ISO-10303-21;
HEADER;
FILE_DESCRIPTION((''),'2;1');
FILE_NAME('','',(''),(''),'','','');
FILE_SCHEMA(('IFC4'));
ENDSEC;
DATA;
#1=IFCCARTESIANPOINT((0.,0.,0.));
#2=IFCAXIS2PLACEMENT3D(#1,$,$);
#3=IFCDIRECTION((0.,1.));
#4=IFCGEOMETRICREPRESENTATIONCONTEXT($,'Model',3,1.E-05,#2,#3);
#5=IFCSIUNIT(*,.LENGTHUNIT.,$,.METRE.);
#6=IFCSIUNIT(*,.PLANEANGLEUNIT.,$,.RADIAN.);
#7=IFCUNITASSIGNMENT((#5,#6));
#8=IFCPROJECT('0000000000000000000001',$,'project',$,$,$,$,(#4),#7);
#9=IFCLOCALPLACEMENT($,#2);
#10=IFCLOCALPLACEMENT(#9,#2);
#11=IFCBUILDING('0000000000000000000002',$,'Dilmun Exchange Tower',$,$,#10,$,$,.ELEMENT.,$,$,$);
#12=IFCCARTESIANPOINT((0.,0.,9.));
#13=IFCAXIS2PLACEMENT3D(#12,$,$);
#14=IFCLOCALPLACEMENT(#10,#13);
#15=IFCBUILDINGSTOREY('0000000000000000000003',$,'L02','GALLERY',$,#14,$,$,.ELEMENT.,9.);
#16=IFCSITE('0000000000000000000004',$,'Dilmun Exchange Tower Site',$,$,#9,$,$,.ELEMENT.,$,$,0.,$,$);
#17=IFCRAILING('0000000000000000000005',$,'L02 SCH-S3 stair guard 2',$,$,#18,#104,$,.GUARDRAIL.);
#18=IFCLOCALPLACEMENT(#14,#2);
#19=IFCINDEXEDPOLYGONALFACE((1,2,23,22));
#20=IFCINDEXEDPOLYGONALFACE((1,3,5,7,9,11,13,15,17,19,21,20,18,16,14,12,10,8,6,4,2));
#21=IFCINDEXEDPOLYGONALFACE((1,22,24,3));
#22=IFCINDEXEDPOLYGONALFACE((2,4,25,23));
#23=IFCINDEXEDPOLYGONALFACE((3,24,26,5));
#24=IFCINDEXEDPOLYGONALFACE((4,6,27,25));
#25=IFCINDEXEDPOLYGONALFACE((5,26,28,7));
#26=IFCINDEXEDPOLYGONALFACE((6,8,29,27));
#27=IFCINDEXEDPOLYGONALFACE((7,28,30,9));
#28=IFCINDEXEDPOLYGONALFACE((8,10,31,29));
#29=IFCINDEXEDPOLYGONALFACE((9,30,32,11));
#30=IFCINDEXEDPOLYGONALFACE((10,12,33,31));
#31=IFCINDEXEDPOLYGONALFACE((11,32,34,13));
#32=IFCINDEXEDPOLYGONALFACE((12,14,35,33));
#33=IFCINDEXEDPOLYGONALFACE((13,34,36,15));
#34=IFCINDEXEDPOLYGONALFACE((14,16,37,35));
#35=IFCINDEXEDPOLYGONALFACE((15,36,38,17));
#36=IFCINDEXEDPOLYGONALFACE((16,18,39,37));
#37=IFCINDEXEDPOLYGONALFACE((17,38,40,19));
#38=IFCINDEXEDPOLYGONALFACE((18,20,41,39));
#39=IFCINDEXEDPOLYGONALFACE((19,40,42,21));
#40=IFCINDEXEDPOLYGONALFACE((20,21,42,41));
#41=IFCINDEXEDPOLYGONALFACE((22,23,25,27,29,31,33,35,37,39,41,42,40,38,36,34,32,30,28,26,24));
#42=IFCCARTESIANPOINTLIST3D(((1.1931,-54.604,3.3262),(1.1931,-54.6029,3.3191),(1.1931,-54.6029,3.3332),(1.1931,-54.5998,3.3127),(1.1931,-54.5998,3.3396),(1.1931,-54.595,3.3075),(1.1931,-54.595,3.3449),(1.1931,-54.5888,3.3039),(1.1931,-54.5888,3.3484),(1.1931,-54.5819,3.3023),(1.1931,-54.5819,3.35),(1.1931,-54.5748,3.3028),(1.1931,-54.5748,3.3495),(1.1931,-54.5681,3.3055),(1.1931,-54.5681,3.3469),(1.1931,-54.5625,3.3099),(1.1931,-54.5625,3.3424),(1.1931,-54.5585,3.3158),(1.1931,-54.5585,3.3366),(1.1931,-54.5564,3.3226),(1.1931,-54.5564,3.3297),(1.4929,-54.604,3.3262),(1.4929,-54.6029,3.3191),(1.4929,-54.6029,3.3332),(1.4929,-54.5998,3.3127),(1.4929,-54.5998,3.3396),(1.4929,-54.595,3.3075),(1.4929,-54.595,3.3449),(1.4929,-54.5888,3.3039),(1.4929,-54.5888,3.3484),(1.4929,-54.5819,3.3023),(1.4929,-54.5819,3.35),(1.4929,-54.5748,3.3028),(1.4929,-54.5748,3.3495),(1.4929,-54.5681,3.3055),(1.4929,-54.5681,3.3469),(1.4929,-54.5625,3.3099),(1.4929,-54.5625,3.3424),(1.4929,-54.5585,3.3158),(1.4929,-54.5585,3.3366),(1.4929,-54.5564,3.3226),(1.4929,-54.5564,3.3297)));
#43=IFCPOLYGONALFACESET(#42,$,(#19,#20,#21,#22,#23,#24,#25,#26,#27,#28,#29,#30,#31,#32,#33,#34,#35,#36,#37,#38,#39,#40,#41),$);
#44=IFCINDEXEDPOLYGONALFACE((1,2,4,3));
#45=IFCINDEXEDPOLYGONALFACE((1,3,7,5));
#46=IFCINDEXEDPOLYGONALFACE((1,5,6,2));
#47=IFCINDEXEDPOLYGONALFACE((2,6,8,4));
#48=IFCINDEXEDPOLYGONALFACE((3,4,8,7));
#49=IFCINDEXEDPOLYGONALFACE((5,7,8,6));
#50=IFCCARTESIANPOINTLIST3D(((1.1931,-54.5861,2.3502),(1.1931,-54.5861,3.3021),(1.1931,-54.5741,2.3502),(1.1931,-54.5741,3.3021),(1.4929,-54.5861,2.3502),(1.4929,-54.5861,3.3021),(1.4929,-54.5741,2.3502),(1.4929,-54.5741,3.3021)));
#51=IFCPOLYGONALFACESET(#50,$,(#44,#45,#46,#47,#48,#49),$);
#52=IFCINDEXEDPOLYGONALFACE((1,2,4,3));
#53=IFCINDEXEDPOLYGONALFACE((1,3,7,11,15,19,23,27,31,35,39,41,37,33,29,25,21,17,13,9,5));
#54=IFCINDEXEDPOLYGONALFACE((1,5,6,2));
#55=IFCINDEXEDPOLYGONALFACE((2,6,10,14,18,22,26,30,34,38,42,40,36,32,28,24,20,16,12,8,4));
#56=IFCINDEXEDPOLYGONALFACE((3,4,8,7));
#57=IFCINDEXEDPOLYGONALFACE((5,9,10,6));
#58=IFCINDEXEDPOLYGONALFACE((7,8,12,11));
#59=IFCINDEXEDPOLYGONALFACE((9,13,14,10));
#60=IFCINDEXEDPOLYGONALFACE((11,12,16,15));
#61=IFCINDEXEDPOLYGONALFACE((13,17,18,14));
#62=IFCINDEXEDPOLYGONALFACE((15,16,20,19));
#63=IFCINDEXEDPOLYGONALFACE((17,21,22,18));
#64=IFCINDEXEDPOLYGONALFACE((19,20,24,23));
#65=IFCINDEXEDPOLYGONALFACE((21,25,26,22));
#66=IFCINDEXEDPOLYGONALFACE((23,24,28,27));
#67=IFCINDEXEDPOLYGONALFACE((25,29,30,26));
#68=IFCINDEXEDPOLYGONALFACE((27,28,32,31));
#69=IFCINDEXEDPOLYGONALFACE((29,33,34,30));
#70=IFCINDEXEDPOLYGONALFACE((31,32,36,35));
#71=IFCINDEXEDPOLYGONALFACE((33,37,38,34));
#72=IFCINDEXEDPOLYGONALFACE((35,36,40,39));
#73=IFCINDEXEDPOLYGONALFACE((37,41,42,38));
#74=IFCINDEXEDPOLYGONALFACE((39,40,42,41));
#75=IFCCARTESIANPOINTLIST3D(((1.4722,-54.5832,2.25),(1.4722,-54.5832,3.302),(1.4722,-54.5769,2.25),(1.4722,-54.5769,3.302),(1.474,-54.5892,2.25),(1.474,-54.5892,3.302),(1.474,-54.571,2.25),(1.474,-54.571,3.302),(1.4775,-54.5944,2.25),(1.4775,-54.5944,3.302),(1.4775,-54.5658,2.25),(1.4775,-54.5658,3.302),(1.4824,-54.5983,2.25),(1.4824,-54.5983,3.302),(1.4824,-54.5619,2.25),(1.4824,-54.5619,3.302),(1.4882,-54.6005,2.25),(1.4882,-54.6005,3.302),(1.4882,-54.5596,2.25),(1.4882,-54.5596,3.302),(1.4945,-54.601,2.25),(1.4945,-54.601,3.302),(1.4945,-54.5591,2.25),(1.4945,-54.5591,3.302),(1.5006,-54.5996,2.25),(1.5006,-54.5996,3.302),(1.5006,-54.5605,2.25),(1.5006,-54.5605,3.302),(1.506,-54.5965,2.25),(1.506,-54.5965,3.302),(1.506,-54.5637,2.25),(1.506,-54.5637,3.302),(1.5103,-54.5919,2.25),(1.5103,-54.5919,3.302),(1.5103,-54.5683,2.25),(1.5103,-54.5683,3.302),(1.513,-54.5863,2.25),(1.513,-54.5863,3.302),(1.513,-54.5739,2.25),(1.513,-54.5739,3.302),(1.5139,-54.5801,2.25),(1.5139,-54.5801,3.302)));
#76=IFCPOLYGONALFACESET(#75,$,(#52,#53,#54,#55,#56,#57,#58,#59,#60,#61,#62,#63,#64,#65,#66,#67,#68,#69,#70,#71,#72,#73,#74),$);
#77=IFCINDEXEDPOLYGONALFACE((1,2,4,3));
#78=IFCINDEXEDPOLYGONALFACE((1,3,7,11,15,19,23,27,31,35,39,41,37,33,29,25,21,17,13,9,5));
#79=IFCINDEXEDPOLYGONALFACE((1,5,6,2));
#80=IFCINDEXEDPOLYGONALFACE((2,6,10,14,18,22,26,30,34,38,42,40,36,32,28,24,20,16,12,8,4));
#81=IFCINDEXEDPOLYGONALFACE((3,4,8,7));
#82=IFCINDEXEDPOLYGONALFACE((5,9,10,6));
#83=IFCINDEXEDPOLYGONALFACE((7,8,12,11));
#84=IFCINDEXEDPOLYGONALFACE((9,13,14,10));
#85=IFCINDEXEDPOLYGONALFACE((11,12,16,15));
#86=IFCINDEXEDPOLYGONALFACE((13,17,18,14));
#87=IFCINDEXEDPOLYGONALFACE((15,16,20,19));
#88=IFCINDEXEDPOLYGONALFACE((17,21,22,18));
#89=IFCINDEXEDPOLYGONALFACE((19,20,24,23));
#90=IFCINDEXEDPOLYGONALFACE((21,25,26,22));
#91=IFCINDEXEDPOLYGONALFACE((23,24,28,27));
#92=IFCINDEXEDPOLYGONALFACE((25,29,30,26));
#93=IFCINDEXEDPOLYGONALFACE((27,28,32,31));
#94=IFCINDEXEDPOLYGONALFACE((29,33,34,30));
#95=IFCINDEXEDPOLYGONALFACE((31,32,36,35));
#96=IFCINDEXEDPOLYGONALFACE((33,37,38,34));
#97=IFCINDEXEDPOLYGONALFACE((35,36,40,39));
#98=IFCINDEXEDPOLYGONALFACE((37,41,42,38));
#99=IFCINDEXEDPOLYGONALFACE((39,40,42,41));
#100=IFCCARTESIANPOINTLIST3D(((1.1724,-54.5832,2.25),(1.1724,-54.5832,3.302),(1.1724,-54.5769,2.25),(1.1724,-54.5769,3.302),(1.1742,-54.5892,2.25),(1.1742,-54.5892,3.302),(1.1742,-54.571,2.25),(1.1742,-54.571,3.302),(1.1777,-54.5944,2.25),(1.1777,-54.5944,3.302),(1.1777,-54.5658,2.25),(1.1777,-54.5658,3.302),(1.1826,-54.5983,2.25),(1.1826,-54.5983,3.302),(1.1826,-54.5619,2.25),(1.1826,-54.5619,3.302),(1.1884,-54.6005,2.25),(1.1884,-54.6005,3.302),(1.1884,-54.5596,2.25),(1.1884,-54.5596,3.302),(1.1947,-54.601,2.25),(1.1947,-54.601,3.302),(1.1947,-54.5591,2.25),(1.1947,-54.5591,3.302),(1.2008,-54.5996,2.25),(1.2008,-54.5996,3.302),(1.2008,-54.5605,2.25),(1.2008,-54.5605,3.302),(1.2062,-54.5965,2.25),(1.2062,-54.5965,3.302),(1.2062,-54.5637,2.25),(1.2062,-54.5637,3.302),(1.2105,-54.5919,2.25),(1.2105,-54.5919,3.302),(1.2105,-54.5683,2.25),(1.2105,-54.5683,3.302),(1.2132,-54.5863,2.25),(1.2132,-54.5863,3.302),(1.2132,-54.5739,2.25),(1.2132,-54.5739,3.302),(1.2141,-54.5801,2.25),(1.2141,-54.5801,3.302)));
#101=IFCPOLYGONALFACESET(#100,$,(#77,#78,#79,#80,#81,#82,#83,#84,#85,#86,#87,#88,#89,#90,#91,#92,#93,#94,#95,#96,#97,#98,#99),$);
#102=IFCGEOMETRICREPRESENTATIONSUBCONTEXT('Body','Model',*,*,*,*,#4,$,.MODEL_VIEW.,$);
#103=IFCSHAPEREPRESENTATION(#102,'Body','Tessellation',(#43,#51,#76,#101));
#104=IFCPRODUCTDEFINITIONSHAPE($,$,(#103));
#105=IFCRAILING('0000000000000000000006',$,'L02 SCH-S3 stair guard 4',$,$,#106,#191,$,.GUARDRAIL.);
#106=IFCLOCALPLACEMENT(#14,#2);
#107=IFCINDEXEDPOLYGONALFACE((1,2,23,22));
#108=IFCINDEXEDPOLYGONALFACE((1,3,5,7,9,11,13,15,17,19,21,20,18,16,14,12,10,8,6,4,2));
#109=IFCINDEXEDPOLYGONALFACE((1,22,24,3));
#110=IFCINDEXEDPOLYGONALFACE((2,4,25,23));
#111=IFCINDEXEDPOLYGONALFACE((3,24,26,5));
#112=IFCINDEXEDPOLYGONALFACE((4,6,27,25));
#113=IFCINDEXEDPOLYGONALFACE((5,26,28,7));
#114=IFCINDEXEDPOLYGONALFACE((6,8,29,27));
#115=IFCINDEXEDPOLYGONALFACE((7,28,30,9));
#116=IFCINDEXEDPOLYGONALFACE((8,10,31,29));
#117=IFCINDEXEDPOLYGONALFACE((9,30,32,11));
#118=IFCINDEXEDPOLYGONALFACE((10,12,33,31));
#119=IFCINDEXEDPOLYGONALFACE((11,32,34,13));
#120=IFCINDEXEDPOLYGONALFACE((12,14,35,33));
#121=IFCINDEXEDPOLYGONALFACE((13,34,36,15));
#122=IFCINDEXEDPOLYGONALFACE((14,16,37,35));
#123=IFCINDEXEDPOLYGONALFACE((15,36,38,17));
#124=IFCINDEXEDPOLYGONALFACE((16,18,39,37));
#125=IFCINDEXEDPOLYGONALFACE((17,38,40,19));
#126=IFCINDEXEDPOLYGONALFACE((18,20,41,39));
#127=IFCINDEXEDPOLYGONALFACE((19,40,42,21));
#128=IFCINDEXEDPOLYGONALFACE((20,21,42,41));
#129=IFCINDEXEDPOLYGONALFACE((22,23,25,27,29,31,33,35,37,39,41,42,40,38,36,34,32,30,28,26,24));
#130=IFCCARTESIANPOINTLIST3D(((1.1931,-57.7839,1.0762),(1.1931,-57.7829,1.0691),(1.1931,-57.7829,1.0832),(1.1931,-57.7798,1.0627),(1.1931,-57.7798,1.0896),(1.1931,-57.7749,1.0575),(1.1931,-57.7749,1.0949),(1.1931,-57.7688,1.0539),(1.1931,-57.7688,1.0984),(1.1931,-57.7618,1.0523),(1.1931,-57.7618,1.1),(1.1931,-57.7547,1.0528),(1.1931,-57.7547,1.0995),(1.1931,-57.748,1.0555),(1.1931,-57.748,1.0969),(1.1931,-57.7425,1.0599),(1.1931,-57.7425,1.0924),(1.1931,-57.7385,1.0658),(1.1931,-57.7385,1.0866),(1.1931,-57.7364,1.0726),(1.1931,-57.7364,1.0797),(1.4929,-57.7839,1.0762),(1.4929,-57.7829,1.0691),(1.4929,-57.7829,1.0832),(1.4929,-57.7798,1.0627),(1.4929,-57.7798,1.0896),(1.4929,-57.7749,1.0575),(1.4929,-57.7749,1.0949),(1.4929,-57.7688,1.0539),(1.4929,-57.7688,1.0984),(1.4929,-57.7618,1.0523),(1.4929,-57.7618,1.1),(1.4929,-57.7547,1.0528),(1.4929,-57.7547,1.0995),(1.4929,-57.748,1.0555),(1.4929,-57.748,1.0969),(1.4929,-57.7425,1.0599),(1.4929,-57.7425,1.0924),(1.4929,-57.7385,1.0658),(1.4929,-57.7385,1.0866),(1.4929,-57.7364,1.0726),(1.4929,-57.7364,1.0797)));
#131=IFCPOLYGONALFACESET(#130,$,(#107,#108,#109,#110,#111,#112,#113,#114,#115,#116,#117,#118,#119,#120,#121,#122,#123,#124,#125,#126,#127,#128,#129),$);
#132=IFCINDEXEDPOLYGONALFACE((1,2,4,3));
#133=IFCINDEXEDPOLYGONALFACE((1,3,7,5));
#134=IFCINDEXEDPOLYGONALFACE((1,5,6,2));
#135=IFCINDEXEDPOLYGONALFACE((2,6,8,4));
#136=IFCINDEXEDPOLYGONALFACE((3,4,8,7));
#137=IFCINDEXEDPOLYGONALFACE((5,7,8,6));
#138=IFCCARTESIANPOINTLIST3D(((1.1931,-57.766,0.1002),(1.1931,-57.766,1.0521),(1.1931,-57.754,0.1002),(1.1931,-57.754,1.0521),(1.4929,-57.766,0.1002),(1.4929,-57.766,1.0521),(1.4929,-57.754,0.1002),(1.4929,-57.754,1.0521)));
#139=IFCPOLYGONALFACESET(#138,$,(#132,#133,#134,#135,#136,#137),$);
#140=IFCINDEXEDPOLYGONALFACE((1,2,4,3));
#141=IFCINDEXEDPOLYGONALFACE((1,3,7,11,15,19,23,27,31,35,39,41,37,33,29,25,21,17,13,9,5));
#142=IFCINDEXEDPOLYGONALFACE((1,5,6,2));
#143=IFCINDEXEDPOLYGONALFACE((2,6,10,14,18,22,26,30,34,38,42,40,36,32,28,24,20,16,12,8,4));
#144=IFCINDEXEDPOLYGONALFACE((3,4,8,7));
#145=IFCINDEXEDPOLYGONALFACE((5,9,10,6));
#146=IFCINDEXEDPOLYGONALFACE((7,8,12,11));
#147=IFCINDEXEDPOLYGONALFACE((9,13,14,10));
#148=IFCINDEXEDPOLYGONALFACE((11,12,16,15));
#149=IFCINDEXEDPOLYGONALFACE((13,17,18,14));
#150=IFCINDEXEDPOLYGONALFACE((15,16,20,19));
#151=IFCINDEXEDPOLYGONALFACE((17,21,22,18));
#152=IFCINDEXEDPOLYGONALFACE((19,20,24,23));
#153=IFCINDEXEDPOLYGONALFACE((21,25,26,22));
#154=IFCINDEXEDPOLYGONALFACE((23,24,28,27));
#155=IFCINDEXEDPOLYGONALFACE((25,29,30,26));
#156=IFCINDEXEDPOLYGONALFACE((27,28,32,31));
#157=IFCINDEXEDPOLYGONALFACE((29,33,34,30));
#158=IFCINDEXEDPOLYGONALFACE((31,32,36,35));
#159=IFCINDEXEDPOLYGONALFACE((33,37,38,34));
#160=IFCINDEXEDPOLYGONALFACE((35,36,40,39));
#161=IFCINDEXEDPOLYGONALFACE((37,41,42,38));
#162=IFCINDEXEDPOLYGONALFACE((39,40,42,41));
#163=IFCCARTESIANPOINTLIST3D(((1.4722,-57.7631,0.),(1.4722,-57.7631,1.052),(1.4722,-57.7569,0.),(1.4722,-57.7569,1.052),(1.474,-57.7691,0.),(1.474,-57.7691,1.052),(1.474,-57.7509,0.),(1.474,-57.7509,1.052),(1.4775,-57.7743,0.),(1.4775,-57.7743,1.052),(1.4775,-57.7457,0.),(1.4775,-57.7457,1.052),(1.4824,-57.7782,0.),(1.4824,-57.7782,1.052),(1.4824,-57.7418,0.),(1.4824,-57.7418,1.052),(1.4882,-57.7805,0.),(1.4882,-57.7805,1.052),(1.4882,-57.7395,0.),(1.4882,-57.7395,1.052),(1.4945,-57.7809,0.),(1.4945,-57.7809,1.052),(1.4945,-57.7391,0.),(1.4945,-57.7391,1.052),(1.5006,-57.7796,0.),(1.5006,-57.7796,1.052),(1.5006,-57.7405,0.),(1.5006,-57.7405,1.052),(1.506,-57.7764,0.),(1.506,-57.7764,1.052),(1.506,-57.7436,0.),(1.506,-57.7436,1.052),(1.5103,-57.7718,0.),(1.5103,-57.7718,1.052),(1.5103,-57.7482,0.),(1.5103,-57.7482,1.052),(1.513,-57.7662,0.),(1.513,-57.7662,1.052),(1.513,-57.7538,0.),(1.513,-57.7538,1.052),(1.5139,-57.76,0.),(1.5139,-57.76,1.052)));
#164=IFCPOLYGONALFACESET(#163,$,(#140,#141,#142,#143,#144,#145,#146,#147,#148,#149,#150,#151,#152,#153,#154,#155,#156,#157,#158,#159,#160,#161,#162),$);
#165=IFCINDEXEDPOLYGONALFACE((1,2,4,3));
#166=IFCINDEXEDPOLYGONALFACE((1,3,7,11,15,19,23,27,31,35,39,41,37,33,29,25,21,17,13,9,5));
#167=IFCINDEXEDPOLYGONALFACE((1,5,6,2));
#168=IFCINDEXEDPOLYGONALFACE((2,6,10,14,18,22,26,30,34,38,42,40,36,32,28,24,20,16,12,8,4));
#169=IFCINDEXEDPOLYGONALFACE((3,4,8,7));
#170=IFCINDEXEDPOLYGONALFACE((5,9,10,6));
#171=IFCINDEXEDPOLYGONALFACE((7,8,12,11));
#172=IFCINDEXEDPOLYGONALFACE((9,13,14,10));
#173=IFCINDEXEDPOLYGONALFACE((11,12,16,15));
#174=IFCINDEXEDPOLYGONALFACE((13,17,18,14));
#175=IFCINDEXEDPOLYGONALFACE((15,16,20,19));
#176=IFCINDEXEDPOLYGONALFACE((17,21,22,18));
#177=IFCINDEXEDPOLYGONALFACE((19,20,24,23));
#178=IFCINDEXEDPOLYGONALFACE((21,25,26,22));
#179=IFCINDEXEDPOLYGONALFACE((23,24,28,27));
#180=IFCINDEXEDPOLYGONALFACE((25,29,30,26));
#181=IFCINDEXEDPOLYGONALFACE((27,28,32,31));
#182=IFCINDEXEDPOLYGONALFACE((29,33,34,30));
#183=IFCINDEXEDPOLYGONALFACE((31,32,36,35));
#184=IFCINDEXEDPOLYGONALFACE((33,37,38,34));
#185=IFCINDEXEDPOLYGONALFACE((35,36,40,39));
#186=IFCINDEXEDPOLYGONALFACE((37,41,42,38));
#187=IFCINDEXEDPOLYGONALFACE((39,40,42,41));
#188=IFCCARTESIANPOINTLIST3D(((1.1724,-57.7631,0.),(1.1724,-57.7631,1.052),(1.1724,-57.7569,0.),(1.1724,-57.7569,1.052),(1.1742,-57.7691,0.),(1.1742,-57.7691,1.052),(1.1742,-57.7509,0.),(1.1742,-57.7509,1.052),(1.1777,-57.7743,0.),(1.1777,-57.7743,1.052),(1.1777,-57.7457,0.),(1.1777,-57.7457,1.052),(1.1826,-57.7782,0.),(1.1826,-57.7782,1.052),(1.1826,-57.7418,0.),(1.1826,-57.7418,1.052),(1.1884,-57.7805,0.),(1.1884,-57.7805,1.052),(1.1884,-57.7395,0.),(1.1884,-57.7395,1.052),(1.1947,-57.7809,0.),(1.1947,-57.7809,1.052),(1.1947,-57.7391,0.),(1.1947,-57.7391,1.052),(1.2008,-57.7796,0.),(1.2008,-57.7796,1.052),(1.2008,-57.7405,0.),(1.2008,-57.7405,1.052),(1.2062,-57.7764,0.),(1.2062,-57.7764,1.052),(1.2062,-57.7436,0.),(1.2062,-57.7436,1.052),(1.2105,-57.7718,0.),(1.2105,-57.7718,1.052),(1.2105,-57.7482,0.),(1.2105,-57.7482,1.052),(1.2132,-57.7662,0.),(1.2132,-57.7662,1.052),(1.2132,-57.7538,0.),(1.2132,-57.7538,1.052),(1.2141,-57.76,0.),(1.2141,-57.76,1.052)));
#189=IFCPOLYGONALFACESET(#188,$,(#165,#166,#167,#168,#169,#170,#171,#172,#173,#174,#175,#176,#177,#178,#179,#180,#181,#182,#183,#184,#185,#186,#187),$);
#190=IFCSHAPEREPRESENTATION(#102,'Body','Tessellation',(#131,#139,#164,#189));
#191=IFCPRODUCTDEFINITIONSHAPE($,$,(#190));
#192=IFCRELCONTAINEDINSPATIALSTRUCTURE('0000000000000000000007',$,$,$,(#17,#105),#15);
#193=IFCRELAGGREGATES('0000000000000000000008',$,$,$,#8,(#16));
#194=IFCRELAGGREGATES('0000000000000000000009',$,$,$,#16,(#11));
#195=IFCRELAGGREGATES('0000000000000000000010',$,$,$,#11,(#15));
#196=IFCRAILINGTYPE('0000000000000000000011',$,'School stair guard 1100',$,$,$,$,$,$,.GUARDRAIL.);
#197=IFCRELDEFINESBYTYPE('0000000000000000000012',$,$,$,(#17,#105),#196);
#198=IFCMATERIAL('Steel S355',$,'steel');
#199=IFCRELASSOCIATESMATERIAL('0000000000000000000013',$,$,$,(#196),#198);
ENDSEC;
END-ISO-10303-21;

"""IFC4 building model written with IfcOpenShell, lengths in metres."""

from ifc_helpers import new_model, si_unit, direction, frame, origin, origin_2d, place, context, subcontext, project, spatial, rectangle, circle, extrude, material, type_object, element, save


model = new_model("IFC4")

# Units and contexts
model_context = context("Model", 3, precision=1e-05, world=origin(), true_north=direction((0.0, 1.0)))
body_context = subcontext(model_context, "Body", "Model", "MODEL_VIEW")
ifc_project = project(units=[si_unit("LENGTHUNIT", "METRE"), si_unit("PLANEANGLEUNIT", "RADIAN")], contexts=[model_context])

# Site, building, storey
site_placement = place(None, origin())
site = spatial("IfcSite", under=ifc_project, at=site_placement, Name="Dilmun Exchange Tower Site", CompositionType="ELEMENT", RefElevation=0.0)
building_placement = place(site_placement, origin())
building = spatial("IfcBuilding", under=site, at=building_placement, Name="Dilmun Exchange Tower", CompositionType="ELEMENT")
storey_placement = place(building_placement, frame((0.0, 0.0, 9.0)))
storey = spatial("IfcBuildingStorey", under=building, at=storey_placement, Name="L02", Description="GALLERY", CompositionType="ELEMENT", Elevation=9.0)

# Railings
ifc_material_1 = material(Name="Steel S355", Category="steel")
railing_type_1 = type_object("IfcRailingType", Name="School stair guard 1100", PredefinedType="GUARDRAIL", material=ifc_material_1)
for number, where, name in (
    (1, (1.4929, -54.5801, 2.25), "L02 SCH-S3 stair guard 2"),
    (2, (1.4929, -57.76, 0.0), "L02 SCH-S3 stair guard 4"),
):
    element("IfcRailing", number, at=place(storey_placement, frame(where)), inside=storey, type_object=railing_type_1, Name=name, PredefinedType="GUARDRAIL", context=body_context, shape_type="SweptSolid", body=[
        extrude(circle(Radius=0.0239, at=origin_2d()), frame((0.0, 0.0, 1.0762), z_axis=(-1.0, 0.0, 0.0), x_axis=(0.0, -1.0, 0.0)), (0.0, 0.0, 1.0), 0.2998),
        extrude(rectangle(XDim=0.012, YDim=0.9519, at=origin_2d()), frame((0.0, 0.0, 0.5762), z_axis=(-1.0, 0.0, 0.0), x_axis=(0.0, -1.0, 0.0)), (0.0, 0.0, 1.0), 0.2998),
        extrude(circle(Radius=0.021, at=origin_2d()), origin(), (0.0, 0.0, 1.0), 1.052),
        extrude(circle(Radius=0.021, at=origin_2d()), frame((-0.2998, 0.0, 0.0)), (0.0, 0.0, 1.0), 1.052),
    ])

save(model, "model.ifc")
